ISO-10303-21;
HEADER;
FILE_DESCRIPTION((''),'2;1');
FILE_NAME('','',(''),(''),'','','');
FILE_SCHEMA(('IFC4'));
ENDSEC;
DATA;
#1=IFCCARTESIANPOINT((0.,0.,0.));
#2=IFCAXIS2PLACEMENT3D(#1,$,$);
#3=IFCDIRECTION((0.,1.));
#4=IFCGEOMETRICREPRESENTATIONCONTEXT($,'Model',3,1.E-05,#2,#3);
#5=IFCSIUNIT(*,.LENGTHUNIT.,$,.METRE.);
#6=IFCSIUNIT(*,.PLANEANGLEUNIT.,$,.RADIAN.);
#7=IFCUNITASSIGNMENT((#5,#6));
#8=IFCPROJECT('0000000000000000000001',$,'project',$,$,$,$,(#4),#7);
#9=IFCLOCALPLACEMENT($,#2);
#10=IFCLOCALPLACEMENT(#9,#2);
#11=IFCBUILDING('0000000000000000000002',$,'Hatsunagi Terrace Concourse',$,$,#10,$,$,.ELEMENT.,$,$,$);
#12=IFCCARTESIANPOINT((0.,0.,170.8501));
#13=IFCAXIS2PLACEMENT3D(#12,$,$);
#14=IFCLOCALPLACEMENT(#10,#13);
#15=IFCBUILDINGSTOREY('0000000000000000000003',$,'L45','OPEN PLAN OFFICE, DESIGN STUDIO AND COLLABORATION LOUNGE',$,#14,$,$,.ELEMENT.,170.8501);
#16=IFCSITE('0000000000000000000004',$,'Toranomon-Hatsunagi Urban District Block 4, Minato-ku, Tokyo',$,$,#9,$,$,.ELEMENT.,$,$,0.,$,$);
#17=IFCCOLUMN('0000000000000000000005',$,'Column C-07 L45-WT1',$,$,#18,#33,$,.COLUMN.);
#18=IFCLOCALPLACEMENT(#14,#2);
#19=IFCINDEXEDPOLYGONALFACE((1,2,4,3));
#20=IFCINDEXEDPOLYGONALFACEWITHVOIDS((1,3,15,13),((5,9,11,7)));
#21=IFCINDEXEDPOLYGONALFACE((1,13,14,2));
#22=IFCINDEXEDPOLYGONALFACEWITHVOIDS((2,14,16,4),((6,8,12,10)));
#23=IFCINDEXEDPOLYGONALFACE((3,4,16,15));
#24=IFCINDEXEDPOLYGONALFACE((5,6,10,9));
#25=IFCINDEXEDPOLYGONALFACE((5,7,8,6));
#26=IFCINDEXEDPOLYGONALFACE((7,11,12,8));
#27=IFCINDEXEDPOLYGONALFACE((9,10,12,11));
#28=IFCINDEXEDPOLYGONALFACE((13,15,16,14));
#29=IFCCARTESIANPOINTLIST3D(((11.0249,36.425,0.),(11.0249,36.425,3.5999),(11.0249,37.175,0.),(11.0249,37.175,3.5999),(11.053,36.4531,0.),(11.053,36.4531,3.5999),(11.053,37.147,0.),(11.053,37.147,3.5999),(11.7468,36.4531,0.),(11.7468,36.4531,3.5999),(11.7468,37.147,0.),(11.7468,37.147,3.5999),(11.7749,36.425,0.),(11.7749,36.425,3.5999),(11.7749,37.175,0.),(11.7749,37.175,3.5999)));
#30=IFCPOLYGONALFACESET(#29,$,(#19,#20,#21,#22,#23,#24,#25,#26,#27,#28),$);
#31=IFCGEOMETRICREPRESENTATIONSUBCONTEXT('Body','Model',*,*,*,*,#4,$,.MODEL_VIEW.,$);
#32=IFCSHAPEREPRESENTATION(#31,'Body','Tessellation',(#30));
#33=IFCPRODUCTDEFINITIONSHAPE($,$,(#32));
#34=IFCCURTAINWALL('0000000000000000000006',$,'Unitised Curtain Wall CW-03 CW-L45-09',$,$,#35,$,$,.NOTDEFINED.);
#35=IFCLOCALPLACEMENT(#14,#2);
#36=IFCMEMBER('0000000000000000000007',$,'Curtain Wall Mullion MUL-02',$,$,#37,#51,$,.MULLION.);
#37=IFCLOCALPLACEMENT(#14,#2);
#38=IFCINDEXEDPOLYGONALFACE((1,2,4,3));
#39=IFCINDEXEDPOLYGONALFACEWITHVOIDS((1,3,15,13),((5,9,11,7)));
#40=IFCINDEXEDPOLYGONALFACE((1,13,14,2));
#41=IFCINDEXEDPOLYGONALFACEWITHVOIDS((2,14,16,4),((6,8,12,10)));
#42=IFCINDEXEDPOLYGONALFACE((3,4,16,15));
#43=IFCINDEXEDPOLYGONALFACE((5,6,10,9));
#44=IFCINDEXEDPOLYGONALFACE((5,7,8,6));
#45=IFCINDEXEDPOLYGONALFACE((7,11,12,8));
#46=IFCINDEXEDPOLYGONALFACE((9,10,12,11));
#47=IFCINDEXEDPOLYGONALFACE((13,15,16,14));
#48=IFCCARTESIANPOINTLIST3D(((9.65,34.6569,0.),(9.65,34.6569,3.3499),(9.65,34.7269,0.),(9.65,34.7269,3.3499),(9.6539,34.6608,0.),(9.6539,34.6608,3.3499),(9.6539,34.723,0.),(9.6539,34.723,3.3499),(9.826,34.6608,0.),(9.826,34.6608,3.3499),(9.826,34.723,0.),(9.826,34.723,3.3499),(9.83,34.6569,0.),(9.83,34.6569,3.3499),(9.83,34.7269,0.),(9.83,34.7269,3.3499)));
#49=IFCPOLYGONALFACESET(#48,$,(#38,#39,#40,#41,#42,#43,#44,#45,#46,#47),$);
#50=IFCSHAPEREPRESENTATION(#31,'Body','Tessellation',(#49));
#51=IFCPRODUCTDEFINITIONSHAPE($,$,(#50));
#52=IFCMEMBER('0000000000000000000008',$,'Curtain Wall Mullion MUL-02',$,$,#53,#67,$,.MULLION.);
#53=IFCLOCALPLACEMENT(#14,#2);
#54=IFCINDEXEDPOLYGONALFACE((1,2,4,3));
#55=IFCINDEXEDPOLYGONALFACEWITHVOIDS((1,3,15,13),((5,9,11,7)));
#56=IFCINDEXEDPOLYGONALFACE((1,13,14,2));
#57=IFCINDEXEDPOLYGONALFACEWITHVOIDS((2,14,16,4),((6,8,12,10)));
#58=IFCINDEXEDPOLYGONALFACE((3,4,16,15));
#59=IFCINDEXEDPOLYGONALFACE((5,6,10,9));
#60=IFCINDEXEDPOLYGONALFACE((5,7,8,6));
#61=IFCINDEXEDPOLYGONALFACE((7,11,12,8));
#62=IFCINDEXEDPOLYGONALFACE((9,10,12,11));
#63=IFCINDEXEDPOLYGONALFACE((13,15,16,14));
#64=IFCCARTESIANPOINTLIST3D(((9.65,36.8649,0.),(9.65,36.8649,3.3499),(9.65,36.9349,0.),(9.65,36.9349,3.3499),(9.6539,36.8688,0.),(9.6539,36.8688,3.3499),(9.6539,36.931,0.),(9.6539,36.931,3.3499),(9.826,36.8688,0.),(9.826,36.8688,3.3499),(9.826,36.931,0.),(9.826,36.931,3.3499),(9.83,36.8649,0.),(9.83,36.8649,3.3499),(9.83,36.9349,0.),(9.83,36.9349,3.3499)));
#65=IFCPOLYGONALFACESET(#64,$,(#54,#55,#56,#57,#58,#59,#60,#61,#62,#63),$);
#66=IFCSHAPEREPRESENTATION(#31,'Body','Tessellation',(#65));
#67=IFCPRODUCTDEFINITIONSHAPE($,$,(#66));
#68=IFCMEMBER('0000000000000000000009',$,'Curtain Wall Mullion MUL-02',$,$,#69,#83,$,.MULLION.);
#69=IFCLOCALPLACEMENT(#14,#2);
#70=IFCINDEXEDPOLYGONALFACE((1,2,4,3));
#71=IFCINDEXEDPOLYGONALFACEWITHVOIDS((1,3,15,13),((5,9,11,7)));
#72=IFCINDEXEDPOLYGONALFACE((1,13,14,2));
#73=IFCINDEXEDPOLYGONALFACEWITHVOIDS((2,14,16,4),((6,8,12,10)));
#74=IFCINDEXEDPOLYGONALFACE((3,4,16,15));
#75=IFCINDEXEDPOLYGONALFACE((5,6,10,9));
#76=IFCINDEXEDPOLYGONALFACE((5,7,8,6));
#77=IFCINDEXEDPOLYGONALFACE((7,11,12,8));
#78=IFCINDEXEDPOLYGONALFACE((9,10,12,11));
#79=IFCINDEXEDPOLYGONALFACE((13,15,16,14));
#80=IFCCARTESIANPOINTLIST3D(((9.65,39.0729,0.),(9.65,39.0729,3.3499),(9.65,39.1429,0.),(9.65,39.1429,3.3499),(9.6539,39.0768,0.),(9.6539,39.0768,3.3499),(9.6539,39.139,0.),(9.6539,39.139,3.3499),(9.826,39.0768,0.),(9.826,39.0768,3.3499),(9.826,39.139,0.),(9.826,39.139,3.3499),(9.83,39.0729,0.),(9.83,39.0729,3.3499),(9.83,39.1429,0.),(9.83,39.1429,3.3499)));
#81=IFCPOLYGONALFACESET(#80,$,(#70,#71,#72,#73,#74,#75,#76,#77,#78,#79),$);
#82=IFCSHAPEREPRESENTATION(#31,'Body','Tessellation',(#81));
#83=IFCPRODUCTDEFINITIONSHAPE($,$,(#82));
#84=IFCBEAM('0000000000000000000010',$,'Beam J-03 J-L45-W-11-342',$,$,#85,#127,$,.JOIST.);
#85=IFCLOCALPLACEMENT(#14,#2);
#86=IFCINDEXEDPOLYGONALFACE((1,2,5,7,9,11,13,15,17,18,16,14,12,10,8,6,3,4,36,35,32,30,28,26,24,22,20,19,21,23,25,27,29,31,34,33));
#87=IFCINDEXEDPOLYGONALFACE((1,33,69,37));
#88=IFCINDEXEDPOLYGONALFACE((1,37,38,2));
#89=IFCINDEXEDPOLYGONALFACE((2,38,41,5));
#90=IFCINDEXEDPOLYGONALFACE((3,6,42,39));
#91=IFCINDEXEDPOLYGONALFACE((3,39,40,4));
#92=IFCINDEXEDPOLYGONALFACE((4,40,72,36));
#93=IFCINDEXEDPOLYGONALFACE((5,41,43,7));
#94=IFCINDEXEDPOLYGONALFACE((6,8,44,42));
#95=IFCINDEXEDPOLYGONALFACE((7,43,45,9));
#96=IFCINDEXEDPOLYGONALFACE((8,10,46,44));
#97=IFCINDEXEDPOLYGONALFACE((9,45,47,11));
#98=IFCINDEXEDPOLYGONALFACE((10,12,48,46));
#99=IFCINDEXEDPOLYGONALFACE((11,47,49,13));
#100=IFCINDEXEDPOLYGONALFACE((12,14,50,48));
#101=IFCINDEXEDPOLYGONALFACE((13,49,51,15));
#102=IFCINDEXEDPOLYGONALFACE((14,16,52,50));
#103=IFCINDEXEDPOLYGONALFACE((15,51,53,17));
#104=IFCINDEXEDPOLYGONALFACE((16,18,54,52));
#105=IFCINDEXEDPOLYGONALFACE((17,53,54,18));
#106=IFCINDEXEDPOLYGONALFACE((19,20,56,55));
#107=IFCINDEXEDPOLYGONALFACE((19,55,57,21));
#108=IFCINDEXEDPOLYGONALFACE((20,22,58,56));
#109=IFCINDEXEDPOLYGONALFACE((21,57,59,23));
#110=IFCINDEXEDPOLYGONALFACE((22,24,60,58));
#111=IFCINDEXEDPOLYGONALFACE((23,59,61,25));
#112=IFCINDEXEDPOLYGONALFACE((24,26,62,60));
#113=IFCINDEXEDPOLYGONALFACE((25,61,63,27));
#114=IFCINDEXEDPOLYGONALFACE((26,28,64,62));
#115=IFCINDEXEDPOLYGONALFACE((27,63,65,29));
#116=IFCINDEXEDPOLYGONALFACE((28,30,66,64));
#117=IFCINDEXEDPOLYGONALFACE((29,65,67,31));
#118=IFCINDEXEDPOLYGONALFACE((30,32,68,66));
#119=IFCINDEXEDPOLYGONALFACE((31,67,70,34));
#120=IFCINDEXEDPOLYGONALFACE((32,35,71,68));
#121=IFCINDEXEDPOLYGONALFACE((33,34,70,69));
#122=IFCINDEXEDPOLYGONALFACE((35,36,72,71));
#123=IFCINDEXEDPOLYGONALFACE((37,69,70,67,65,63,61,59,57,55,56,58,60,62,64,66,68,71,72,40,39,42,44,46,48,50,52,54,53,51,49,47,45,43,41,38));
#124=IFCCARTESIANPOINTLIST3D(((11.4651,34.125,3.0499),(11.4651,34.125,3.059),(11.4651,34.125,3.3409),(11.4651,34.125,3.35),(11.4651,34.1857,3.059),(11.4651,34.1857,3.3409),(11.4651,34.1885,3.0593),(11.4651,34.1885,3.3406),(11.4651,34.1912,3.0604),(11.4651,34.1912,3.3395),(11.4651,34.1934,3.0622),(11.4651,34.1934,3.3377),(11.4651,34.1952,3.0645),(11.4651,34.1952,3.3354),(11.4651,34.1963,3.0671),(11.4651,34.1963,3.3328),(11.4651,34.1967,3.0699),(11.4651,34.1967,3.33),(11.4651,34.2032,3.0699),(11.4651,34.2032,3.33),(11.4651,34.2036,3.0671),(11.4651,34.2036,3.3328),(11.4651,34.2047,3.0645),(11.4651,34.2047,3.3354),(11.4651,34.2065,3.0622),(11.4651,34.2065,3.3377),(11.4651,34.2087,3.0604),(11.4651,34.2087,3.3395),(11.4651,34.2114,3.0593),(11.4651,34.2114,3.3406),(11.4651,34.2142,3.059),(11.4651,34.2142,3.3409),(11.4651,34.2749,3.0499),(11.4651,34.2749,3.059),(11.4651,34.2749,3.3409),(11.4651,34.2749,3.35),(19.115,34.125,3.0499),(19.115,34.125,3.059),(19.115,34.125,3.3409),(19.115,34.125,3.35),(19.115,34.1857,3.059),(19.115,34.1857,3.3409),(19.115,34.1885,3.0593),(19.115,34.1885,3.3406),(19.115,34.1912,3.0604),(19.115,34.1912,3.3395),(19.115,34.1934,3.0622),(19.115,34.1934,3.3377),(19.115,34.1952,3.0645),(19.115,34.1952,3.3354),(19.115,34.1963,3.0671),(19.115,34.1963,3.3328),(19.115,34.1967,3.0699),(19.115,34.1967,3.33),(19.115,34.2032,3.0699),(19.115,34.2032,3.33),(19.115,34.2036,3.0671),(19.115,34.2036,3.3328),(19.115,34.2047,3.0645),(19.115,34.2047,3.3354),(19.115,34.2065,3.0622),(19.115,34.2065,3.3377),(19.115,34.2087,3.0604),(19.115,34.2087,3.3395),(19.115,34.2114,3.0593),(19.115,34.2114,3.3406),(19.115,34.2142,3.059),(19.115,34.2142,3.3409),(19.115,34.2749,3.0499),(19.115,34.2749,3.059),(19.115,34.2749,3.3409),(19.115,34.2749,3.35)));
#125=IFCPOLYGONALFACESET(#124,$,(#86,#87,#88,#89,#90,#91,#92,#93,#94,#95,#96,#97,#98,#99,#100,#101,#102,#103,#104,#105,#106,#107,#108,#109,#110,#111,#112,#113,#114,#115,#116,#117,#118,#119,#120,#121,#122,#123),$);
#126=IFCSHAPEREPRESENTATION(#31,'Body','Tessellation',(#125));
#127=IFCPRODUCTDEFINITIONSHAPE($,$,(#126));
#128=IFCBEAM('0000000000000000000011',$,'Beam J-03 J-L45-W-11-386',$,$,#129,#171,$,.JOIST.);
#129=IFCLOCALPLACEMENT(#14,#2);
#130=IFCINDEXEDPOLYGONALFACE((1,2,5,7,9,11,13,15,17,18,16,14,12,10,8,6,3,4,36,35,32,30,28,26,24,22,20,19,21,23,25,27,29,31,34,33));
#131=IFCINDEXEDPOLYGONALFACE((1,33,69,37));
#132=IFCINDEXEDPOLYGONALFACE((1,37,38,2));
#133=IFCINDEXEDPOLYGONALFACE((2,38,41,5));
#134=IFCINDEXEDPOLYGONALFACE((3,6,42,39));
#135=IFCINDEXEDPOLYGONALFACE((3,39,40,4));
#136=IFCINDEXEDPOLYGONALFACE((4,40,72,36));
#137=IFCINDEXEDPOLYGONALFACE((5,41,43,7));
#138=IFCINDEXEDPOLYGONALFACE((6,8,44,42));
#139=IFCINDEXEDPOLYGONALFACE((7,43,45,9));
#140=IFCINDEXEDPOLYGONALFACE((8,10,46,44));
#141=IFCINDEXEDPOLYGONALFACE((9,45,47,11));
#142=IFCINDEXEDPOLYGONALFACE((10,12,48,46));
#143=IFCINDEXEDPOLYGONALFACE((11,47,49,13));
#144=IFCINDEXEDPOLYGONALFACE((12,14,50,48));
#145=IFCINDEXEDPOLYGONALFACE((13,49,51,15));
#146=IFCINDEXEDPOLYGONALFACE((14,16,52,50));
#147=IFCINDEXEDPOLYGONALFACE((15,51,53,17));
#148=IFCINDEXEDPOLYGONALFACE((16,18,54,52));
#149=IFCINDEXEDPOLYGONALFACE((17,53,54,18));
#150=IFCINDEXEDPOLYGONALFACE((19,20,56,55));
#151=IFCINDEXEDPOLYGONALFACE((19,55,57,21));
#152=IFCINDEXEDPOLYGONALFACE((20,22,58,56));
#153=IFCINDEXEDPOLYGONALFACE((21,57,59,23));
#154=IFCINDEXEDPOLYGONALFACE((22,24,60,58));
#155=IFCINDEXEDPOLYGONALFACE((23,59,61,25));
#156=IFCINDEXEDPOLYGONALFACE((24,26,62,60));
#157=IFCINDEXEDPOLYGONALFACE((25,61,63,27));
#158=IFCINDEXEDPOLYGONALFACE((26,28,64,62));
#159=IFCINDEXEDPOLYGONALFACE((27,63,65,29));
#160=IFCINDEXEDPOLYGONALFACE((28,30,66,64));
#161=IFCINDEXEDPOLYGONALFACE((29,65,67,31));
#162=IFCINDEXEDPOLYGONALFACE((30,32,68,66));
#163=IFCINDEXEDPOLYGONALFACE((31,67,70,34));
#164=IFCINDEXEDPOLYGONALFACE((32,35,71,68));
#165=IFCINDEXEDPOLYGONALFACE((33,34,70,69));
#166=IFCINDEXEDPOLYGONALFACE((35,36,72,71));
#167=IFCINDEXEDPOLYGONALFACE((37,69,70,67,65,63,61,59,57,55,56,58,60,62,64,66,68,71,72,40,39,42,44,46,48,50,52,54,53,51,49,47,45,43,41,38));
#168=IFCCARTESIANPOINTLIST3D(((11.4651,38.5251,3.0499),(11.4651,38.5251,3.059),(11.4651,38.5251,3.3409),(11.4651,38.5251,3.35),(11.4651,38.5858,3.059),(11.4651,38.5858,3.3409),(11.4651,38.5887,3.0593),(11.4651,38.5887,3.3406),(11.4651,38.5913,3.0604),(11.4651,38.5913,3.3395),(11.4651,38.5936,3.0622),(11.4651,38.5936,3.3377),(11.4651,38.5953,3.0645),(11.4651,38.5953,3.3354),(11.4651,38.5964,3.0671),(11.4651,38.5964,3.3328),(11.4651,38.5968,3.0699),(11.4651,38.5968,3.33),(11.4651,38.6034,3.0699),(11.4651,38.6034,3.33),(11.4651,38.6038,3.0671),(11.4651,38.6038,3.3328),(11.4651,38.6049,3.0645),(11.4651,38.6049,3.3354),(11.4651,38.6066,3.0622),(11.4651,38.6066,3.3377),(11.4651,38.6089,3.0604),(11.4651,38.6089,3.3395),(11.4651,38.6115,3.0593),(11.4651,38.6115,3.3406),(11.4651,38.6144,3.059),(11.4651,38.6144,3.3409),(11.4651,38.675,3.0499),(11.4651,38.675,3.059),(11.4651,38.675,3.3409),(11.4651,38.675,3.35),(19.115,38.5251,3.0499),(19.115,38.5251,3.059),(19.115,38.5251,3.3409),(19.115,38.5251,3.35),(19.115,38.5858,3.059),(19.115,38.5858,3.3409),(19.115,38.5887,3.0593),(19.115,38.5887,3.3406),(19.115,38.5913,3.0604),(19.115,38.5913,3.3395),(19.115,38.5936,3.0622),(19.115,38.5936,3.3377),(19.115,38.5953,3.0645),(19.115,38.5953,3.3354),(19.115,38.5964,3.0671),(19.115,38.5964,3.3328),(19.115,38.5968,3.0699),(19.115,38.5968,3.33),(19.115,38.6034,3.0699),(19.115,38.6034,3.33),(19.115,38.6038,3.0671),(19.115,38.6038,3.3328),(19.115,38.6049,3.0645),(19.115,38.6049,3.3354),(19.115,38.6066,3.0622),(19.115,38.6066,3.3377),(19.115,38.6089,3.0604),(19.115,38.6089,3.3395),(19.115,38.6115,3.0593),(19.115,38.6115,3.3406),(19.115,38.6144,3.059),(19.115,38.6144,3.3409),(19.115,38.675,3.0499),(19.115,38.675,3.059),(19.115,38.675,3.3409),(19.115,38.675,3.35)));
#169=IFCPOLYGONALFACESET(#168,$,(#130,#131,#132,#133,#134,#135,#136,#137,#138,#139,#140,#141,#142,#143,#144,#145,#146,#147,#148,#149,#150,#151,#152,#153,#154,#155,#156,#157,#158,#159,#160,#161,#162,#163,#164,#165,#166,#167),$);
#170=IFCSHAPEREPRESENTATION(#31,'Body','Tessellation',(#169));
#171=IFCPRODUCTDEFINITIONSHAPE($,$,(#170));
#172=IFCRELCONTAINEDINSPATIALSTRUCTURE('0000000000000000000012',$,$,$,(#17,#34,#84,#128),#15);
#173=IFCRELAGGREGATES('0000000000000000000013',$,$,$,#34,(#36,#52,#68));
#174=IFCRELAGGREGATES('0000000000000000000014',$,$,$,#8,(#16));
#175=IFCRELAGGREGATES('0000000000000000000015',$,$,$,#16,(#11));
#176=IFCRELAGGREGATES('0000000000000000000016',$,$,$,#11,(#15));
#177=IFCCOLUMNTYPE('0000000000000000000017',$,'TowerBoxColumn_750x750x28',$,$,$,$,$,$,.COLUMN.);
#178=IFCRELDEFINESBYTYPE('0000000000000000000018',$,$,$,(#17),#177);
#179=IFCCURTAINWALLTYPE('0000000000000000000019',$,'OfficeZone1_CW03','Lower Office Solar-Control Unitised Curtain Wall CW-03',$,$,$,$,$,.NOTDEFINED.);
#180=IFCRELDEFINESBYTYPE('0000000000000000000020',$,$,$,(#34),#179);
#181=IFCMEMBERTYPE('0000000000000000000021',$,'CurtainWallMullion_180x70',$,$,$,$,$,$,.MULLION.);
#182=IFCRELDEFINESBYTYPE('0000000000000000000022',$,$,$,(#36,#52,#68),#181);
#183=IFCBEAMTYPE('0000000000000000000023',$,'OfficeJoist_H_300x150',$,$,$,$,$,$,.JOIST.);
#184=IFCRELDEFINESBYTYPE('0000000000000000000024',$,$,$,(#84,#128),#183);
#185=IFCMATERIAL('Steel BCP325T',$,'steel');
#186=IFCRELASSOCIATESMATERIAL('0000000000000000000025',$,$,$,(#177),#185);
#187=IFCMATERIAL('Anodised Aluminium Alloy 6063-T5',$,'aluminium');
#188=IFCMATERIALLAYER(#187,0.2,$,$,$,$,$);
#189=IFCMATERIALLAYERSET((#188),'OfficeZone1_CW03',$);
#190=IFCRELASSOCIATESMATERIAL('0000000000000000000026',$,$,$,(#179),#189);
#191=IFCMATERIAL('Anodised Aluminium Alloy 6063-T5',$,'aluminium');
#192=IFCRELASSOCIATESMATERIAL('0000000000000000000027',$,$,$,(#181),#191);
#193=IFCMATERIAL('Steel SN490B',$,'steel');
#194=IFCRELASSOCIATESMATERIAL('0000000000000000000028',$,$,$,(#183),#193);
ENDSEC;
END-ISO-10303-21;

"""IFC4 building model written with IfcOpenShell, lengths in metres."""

from ifc_helpers import new_model, si_unit, direction, frame, origin, origin_2d, place, context, subcontext, project, spatial, hollow_rectangle, i_section, extrude, material, layer, layer_set, material_profile, profile_set, type_object, element, aggregate, save


model = new_model("IFC4")

# Units and contexts
model_context = context("Model", 3, precision=1e-05, world=origin(), true_north=direction((0.0, 1.0)))
body_context = subcontext(model_context, "Body", "Model", "MODEL_VIEW")
ifc_project = project(units=[si_unit("LENGTHUNIT", "METRE"), si_unit("PLANEANGLEUNIT", "RADIAN")], contexts=[model_context])

# Site, building, storey
site_placement = place(None, origin())
site = spatial("IfcSite", under=ifc_project, at=site_placement, Name="Toranomon-Hatsunagi Urban District Block 4, Minato-ku, Tokyo", CompositionType="ELEMENT", RefElevation=0.0)
building_placement = place(site_placement, origin())
building = spatial("IfcBuilding", under=site, at=building_placement, Name="Hatsunagi Terrace Concourse", CompositionType="ELEMENT")
storey_placement = place(building_placement, frame((0.0, 0.0, 170.8501)))
storey = spatial("IfcBuildingStorey", under=building, at=storey_placement, Name="L45", Description="OPEN PLAN OFFICE, DESIGN STUDIO AND COLLABORATION LOUNGE", CompositionType="ELEMENT", Elevation=170.8501)

# Column
ifc_material_1 = material(Name="Steel BCP325T", Category="steel")
ifc_material_profile_1 = material_profile(ifc_material_1, hollow_rectangle(XDim=0.75, YDim=0.75, WallThickness=0.0281, at=origin_2d()), Name="BCP-750x750x28")
ifc_profile_set_1 = profile_set([ifc_material_profile_1], Name="Steel BCP325T")
column_type = type_object("IfcColumnType", Name="TowerBoxColumn_750x750x28", PredefinedType="COLUMN", material=ifc_profile_set_1)
column_placement = place(storey_placement, frame((11.3999, 36.8, 0.0), z_axis=(0.0, 0.0, 1.0), x_axis=(1.0, 0.0, 0.0)))
element("IfcColumn", 1, at=column_placement, inside=storey, type_object=column_type, Name="Column C-07 L45-WT1", PredefinedType="COLUMN", context=body_context, shape_type="SweptSolid", body=[
    extrude(hollow_rectangle(XDim=0.75, YDim=0.75, WallThickness=0.0281, at=origin_2d()), origin(), (0.0, 0.0, 1.0), 3.5999),
])

# Curtain wall, members
ifc_material_2 = material(Name="Anodised Aluminium Alloy 6063-T5", Category="aluminium")
ifc_layer_1 = layer(ifc_material_2, 0.2)
ifc_layer_set_1 = layer_set([ifc_layer_1], Name="OfficeZone1_CW03")
curtain_wall_type = type_object("IfcCurtainWallType", Name="OfficeZone1_CW03", Description="Lower Office Solar-Control Unitised Curtain Wall CW-03", PredefinedType="NOTDEFINED", material=ifc_layer_set_1)
curtain_wall_placement = place(storey_placement, origin())
curtain_wall = element("IfcCurtainWall", 2, at=curtain_wall_placement, inside=storey, type_object=curtain_wall_type, Name="Unitised Curtain Wall CW-03 CW-L45-09", PredefinedType="NOTDEFINED")
ifc_material_3 = material(Name="Anodised Aluminium Alloy 6063-T5", Category="aluminium")
ifc_material_profile_2 = material_profile(ifc_material_3, hollow_rectangle(XDim=0.0701, YDim=0.1799, WallThickness=0.0039, at=origin_2d()), Name="ALU-MUL-180x70x4")
ifc_profile_set_2 = profile_set([ifc_material_profile_2], Name="Anodised Aluminium Alloy 6063-T5")
member_type = type_object("IfcMemberType", Name="CurtainWallMullion_180x70", PredefinedType="MULLION", material=ifc_profile_set_2)
member_1_placement = place(storey_placement, frame((9.74, 34.6919, 0.0), z_axis=(0.0, 0.0, 1.0), x_axis=(0.0, 1.0, 0.0)))
member_1 = element("IfcMember", 3, at=member_1_placement, type_object=member_type, Name="Curtain Wall Mullion MUL-02", PredefinedType="MULLION", context=body_context, shape_type="SweptSolid", body=[
    extrude(hollow_rectangle(XDim=0.0701, YDim=0.1799, WallThickness=0.0039, at=origin_2d()), origin(), (0.0, 0.0, 1.0), 3.3499),
])
member_2_placement = place(storey_placement, frame((9.74, 36.8999, 0.0), z_axis=(0.0, 0.0, 1.0), x_axis=(0.0, 1.0, 0.0)))
member_2 = element("IfcMember", 4, at=member_2_placement, type_object=member_type, Name="Curtain Wall Mullion MUL-02", PredefinedType="MULLION", context=body_context, shape_type="SweptSolid", body=[
    extrude(hollow_rectangle(XDim=0.0701, YDim=0.1799, WallThickness=0.0039, at=origin_2d()), origin(), (0.0, 0.0, 1.0), 3.3499),
])
member_3_placement = place(storey_placement, frame((9.74, 39.1079, 0.0), z_axis=(0.0, 0.0, 1.0), x_axis=(0.0, 1.0, 0.0)))
member_3 = element("IfcMember", 5, at=member_3_placement, type_object=member_type, Name="Curtain Wall Mullion MUL-02", PredefinedType="MULLION", context=body_context, shape_type="SweptSolid", body=[
    extrude(hollow_rectangle(XDim=0.0701, YDim=0.1799, WallThickness=0.0039, at=origin_2d()), origin(), (0.0, 0.0, 1.0), 3.3499),
])

# Beams
ifc_material_4 = material(Name="Steel SN490B", Category="steel")
ifc_material_profile_3 = material_profile(ifc_material_4, i_section(OverallWidth=0.1499, OverallDepth=0.3, WebThickness=0.0066, FlangeThickness=0.009, FilletRadius=0.011, at=origin_2d()), Name="H-300x150x6.5x9")
ifc_profile_set_3 = profile_set([ifc_material_profile_3], Name="Steel SN490B")
beam_type_1 = type_object("IfcBeamType", Name="OfficeJoist_H_300x150", PredefinedType="JOIST", material=ifc_profile_set_3)
for number, where, z_axis, x_axis, name in (
    (6, (11.4651, 34.2, 3.2), (1.0, 0.0, 0.0), (0.0, 1.0, 0.0), "Beam J-03 J-L45-W-11-342"),
    (7, (11.4651, 38.6001, 3.2), (1.0, 0.0, 0.0), (0.0, 1.0, 0.0), "Beam J-03 J-L45-W-11-386"),
):
    element("IfcBeam", number, at=place(storey_placement, frame(where, z_axis=z_axis, x_axis=x_axis)), inside=storey, type_object=beam_type_1, Name=name, PredefinedType="JOIST", context=body_context, shape_type="SweptSolid", body=[
        extrude(i_section(OverallWidth=0.1499, OverallDepth=0.3, WebThickness=0.0066, FlangeThickness=0.009, FilletRadius=0.011, at=origin_2d()), origin(), (0.0, 0.0, 1.0), 7.6499),
    ])

aggregate(curtain_wall, [member_1, member_2, member_3])

save(model, "model.ifc")
